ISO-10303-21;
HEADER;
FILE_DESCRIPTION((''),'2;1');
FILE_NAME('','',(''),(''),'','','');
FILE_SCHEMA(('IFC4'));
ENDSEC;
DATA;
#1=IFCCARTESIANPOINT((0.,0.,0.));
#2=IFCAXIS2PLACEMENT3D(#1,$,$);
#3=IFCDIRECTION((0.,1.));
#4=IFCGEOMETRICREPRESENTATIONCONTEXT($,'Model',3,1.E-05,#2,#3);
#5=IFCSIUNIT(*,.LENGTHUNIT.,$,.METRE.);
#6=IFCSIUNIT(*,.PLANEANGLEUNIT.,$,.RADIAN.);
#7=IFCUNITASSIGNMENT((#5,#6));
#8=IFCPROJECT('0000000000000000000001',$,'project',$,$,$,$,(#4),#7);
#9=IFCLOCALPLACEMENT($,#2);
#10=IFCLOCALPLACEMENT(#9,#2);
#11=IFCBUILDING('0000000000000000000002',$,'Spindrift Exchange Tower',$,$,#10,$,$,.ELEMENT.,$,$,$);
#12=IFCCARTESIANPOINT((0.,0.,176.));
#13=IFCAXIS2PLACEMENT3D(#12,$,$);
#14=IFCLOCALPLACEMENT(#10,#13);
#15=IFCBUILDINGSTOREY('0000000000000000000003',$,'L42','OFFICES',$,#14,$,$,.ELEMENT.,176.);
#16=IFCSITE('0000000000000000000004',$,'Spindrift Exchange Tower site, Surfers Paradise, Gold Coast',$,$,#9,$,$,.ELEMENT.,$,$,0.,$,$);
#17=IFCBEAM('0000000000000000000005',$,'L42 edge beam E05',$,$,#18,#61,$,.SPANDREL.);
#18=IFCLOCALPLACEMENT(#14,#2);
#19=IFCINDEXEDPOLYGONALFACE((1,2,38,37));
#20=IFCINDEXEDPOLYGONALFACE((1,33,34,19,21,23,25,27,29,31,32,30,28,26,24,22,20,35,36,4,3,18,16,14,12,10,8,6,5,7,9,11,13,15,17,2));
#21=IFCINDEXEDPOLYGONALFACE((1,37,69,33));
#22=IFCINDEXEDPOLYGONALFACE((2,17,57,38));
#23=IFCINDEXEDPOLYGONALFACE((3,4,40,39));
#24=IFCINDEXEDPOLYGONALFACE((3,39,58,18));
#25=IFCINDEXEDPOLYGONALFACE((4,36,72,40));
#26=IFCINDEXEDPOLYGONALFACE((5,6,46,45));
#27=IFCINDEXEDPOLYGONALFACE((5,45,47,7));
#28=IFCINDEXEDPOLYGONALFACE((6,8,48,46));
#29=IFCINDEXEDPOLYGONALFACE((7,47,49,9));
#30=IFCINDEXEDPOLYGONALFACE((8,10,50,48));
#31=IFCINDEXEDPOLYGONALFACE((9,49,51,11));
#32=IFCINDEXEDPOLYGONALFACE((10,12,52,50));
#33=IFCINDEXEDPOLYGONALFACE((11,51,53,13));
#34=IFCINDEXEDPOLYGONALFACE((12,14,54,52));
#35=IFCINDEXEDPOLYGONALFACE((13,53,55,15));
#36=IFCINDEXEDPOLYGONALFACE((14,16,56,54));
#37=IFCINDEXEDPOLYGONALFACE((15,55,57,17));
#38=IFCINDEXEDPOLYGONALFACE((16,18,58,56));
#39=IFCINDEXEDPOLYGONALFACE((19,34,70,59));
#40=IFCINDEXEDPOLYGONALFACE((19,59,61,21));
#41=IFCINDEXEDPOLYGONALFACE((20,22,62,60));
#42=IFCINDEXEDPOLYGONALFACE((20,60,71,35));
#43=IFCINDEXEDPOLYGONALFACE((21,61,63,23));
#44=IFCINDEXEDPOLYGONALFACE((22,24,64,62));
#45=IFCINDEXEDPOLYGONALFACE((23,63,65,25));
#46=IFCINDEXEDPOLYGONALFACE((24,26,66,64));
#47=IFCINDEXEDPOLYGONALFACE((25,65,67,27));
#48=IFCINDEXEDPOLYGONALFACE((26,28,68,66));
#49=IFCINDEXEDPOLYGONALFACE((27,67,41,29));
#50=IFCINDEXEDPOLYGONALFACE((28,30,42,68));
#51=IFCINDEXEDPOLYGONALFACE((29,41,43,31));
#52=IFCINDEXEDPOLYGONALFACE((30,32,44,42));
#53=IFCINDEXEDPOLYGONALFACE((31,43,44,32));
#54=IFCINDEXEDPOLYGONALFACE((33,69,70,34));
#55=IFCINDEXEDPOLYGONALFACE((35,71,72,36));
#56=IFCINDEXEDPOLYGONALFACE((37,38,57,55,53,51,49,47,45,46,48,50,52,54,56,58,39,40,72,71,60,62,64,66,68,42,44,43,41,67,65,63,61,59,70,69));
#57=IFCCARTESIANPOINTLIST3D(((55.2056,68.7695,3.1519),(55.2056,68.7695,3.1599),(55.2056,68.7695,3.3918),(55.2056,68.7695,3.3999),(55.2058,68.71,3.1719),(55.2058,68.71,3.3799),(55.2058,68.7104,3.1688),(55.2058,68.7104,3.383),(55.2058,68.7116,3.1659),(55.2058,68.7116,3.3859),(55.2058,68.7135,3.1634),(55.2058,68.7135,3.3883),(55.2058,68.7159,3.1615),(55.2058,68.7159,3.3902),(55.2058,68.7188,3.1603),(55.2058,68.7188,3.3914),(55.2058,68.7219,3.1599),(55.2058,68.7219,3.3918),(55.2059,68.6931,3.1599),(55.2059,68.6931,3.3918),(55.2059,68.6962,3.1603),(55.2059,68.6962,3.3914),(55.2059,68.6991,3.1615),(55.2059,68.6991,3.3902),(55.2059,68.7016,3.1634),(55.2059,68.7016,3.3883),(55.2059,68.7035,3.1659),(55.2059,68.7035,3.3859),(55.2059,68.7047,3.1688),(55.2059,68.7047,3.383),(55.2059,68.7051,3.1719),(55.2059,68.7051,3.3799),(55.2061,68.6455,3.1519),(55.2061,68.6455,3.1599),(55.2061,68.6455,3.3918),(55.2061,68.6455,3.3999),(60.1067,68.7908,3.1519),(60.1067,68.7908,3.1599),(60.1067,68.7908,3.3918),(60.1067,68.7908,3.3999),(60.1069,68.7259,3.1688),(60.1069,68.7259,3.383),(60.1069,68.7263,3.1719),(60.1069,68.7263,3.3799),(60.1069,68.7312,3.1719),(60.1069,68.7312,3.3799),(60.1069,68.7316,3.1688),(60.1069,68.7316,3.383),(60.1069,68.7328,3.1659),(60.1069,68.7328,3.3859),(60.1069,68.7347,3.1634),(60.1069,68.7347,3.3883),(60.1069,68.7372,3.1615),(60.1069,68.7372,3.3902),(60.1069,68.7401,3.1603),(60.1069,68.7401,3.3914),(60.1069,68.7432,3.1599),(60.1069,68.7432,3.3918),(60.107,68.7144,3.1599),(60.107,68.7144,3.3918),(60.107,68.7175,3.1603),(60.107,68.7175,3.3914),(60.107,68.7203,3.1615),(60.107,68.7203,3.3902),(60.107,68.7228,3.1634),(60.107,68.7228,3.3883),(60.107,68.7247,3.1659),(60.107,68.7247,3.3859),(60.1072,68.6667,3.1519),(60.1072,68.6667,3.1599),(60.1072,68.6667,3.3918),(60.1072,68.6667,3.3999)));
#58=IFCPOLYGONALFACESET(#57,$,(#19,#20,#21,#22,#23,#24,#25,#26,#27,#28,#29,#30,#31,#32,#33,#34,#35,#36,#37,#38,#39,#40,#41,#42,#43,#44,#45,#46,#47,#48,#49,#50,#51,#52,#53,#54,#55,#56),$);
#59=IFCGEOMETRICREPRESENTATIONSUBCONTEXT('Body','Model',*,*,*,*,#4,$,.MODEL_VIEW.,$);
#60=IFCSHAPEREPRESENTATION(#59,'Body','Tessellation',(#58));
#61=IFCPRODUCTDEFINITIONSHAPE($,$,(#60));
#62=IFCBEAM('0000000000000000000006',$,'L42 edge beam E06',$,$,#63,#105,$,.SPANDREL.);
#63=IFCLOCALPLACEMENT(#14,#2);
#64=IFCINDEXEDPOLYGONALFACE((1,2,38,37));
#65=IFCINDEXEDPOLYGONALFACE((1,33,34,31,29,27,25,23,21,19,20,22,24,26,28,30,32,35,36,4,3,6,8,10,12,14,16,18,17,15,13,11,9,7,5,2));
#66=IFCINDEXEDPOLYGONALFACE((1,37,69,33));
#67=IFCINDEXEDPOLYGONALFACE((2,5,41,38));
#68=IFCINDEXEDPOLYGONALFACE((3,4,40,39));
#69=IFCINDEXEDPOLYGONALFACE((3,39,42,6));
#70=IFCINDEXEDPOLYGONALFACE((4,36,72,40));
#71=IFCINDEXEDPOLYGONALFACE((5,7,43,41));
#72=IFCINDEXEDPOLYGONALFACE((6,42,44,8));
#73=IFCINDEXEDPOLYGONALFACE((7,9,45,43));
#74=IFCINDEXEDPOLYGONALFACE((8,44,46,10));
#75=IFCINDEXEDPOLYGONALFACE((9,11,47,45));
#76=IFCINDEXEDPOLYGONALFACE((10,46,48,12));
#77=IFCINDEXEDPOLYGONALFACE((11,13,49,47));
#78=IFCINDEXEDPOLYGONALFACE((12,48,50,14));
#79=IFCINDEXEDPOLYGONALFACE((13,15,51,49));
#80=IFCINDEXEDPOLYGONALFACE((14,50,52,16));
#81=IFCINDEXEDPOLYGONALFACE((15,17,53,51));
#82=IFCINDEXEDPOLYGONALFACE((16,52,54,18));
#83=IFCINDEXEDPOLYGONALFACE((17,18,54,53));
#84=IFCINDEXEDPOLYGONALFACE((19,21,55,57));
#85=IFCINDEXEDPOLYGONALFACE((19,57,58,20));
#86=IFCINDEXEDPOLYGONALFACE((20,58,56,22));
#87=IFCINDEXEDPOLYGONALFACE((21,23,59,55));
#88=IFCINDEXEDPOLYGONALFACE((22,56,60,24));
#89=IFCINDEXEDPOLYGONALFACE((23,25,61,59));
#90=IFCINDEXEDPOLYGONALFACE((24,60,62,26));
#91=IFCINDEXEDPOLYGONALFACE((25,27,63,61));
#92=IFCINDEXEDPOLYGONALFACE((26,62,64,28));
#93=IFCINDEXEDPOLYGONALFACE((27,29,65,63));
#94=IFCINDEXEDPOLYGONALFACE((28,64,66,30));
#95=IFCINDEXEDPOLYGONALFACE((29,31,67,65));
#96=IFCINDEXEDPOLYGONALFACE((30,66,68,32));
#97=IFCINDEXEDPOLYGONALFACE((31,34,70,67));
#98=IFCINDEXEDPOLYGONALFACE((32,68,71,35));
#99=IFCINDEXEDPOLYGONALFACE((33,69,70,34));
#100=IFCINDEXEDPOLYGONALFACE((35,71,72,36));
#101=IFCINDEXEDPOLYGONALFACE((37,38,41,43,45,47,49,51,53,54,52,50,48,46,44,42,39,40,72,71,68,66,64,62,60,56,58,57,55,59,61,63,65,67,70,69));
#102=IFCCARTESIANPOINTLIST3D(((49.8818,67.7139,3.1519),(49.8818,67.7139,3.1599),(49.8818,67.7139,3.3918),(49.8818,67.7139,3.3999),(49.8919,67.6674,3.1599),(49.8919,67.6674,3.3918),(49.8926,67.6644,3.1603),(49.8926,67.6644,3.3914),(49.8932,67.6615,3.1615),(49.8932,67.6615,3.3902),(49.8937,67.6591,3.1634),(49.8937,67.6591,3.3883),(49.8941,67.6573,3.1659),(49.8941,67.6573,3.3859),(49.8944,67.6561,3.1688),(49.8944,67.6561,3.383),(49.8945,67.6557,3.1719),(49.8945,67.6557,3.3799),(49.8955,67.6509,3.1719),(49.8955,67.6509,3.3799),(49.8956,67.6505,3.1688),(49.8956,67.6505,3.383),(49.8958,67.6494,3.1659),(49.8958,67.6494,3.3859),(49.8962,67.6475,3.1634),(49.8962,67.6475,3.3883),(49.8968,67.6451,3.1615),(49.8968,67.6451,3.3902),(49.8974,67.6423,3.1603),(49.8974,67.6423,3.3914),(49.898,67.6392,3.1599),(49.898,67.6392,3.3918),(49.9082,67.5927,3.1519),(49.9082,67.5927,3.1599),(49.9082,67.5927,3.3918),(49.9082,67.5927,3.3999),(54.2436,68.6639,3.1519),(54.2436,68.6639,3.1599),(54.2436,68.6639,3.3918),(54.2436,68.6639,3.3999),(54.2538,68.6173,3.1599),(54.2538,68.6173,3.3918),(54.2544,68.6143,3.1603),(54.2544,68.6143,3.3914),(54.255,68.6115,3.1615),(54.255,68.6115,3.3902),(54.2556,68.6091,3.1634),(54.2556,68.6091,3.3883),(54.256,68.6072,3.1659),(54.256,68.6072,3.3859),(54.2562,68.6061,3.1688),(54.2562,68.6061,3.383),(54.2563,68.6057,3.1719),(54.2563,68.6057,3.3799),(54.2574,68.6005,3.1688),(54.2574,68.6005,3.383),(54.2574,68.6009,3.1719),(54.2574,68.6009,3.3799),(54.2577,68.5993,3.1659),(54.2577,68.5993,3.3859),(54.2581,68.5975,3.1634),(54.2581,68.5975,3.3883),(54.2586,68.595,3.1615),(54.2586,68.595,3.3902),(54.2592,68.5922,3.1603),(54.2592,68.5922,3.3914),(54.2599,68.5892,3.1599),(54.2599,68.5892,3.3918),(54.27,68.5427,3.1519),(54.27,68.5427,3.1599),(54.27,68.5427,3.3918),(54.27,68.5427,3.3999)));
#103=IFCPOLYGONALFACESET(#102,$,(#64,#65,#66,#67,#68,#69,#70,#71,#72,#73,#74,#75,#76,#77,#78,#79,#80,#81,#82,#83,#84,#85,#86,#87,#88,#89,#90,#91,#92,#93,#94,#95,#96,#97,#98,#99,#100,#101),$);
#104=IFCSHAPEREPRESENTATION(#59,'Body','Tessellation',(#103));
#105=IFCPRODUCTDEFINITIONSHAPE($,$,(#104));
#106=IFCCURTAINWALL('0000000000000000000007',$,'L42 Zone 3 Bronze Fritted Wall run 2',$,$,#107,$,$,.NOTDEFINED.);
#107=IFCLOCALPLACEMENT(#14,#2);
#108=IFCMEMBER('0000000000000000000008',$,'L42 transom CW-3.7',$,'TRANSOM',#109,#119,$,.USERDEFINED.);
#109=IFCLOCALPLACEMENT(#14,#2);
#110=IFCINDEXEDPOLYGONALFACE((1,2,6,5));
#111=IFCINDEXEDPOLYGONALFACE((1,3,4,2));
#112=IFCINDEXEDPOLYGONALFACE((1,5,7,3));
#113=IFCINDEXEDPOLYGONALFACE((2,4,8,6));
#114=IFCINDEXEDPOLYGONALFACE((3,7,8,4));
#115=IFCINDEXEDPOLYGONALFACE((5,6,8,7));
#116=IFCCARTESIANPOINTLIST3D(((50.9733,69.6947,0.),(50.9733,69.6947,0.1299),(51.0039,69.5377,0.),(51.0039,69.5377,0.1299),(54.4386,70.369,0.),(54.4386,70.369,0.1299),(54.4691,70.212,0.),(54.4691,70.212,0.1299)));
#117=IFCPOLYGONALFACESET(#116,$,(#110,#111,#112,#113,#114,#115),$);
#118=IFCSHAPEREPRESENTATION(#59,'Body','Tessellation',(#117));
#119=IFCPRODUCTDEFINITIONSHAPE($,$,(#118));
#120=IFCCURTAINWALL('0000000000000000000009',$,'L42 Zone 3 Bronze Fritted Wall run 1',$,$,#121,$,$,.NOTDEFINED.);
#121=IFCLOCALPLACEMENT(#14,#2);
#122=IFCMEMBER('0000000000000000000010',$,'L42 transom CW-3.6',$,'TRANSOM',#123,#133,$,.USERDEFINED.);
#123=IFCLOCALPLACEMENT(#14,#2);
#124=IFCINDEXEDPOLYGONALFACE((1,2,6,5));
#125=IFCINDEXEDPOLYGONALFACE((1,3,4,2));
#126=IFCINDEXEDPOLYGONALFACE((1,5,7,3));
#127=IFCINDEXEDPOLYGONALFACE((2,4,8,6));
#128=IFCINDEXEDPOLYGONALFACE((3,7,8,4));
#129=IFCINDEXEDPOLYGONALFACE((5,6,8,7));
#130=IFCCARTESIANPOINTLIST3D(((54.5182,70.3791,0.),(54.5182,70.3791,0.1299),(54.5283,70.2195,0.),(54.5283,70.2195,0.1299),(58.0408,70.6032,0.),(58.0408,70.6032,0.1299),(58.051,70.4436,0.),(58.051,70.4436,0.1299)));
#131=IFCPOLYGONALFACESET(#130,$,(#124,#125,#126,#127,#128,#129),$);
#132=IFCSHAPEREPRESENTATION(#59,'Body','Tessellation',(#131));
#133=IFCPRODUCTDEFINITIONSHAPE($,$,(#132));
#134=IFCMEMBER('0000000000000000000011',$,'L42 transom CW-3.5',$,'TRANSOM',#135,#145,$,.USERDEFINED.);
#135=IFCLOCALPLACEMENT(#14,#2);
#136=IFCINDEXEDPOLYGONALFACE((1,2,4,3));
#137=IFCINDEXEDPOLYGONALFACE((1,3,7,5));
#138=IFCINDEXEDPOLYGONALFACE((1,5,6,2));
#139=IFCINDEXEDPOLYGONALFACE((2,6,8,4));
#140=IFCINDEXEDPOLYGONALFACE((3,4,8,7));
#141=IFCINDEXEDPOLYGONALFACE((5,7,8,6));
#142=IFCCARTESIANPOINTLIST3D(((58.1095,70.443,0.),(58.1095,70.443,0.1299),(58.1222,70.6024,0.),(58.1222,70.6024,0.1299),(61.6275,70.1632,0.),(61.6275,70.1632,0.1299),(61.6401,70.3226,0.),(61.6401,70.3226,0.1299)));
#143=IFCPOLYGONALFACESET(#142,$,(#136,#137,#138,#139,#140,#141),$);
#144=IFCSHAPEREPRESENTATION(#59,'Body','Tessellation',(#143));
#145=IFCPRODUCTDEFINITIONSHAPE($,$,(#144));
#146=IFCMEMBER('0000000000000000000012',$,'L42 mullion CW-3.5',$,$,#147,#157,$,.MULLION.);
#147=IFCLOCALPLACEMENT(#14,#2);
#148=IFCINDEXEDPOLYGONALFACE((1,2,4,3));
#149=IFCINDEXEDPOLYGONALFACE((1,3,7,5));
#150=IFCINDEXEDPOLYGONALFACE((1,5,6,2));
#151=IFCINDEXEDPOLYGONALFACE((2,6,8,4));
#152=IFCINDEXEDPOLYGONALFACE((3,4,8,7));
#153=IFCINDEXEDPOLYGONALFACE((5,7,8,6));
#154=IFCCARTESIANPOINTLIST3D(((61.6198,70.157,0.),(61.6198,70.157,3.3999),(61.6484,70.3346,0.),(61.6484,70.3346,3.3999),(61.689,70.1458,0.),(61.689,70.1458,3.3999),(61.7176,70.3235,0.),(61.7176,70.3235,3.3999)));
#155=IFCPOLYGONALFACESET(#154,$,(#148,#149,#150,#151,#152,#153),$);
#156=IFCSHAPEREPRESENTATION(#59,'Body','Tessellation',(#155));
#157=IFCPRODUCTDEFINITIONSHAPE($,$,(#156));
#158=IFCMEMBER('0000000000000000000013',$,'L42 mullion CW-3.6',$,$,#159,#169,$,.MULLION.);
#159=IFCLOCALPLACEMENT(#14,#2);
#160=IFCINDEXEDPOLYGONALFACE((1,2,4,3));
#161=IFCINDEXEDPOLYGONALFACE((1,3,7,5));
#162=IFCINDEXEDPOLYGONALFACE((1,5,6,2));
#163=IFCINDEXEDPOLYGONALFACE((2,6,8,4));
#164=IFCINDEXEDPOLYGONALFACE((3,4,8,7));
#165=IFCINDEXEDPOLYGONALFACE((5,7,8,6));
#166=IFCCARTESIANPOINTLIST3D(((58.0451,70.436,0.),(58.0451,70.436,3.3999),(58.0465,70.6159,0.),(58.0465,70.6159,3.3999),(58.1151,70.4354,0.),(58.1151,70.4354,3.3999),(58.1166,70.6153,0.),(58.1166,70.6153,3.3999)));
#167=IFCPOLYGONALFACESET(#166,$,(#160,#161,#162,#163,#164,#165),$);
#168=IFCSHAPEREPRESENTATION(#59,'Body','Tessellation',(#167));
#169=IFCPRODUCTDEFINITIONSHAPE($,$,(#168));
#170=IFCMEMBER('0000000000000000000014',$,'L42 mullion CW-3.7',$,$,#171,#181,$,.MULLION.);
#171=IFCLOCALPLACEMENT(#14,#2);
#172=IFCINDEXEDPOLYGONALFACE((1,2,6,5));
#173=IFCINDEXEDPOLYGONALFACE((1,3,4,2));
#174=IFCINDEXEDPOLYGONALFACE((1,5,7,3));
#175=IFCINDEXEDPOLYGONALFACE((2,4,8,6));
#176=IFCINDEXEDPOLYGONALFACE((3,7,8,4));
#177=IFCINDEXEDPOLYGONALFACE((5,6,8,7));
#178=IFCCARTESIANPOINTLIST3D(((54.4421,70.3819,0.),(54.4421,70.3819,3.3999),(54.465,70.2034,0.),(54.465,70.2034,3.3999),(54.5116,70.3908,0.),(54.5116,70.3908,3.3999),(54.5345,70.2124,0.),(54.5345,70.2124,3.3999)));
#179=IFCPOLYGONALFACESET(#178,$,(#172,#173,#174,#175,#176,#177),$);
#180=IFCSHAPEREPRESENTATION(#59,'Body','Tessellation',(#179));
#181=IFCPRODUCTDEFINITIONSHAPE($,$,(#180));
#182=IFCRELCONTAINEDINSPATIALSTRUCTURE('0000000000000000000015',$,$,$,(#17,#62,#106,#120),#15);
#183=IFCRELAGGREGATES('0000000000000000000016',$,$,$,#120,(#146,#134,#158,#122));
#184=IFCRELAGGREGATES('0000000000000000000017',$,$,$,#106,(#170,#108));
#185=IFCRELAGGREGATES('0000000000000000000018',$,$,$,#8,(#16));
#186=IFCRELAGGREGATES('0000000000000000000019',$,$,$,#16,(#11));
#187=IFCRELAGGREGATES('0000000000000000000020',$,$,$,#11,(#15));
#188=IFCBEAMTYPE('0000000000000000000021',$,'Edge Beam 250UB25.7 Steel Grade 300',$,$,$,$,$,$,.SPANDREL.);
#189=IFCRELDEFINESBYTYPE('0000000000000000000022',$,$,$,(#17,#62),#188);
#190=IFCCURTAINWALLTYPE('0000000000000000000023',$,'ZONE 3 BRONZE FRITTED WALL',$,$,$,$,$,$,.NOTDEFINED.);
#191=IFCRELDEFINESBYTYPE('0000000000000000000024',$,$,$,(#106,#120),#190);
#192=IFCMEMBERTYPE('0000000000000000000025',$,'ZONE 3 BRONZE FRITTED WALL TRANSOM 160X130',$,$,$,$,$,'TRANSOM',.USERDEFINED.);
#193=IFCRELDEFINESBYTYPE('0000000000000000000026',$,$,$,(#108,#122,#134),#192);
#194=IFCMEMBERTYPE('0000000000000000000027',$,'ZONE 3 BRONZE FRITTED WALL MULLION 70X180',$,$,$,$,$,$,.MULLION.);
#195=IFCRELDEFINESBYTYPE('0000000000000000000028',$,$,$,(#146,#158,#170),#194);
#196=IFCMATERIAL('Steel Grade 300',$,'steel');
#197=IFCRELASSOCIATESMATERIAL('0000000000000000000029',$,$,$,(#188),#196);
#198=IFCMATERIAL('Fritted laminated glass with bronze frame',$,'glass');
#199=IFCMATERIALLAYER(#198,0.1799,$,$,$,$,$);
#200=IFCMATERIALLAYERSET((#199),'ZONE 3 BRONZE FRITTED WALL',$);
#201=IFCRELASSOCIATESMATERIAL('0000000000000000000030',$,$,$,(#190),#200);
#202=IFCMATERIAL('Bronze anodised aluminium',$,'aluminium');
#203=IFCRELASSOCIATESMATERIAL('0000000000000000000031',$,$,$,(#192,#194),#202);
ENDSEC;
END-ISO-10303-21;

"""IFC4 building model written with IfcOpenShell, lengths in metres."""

from ifc_helpers import new_model, si_unit, direction, frame, origin, origin_2d, place, context, subcontext, project, spatial, rectangle, i_section, extrude, source, transform, mapped, material, layer, layer_set, material_profile, profile_set, type_object, element, aggregate, save


model = new_model("IFC4")

# Units and contexts
model_context = context("Model", 3, precision=1e-05, world=origin(), true_north=direction((0.0, 1.0)))
body_context = subcontext(model_context, "Body", "Model", "MODEL_VIEW")
ifc_project = project(units=[si_unit("LENGTHUNIT", "METRE"), si_unit("PLANEANGLEUNIT", "RADIAN")], contexts=[model_context])

# Site, building, storey
site_placement = place(None, origin())
site = spatial("IfcSite", under=ifc_project, at=site_placement, Name="Spindrift Exchange Tower site, Surfers Paradise, Gold Coast", CompositionType="ELEMENT", RefElevation=0.0)
building_placement = place(site_placement, origin())
building = spatial("IfcBuilding", under=site, at=building_placement, Name="Spindrift Exchange Tower", CompositionType="ELEMENT")
storey_placement = place(building_placement, frame((0.0, 0.0, 176.0)))
storey = spatial("IfcBuildingStorey", under=building, at=storey_placement, Name="L42", Description="OFFICES", CompositionType="ELEMENT", Elevation=176.0)

# Beams
ifc_material_1 = material(Name="Steel Grade 300", Category="steel")
ifc_material_profile_1 = material_profile(ifc_material_1, i_section(OverallWidth=0.124, OverallDepth=0.248, WebThickness=0.0049, FlangeThickness=0.0081, FilletRadius=0.012, at=origin_2d()), Name="250UB25.7")
ifc_profile_set_1 = profile_set([ifc_material_profile_1], Name="Steel Grade 300")
beam_type_1 = type_object("IfcBeamType", Name="Edge Beam 250UB25.7 Steel Grade 300", PredefinedType="SPANDREL", material=ifc_profile_set_1)
shared_shape_1 = source(origin(), body_context, "Body", "SweptSolid", [
    extrude(i_section(OverallWidth=0.124, OverallDepth=0.248, WebThickness=0.0049, FlangeThickness=0.0081, FilletRadius=0.012, at=origin_2d()), origin(), (0.0, 0.0, 1.0), 4.9011),
])
beam_1_placement = place(storey_placement, frame((60.1069, 68.7288, 3.2759), z_axis=(-0.999991, -0.004334, 0.0), x_axis=(0.004334, -0.999991, 0.0)))
element("IfcBeam", 1, at=beam_1_placement, inside=storey, type_object=beam_type_1, Name="L42 edge beam E05", PredefinedType="SPANDREL", context=body_context, shape_type="MappedRepresentation", body=[
    mapped(shared_shape_1, transform((0.0, 0.0, 0.0), scale=1.0)),
])
shared_shape_2 = source(origin(), body_context, "Body", "SweptSolid", [
    extrude(i_section(OverallWidth=0.124, OverallDepth=0.248, WebThickness=0.0049, FlangeThickness=0.0081, FilletRadius=0.012, at=origin_2d()), origin(), (0.0, 0.0, 1.0), 4.4641),
])
beam_2_placement = place(storey_placement, frame((54.2568, 68.6033, 3.2759), z_axis=(-0.977096, -0.2128, 0.0), x_axis=(0.2128, -0.977096, 0.0)))
element("IfcBeam", 2, at=beam_2_placement, inside=storey, type_object=beam_type_1, Name="L42 edge beam E06", PredefinedType="SPANDREL", context=body_context, shape_type="MappedRepresentation", body=[
    mapped(shared_shape_2, transform((0.0, 0.0, 0.0), scale=1.0)),
])

# Curtain wall, member
ifc_material_2 = material(Name="Fritted laminated glass with bronze frame", Category="glass")
ifc_layer_1 = layer(ifc_material_2, 0.1799)
ifc_layer_set_1 = layer_set([ifc_layer_1], Name="ZONE 3 BRONZE FRITTED WALL")
curtain_wall_type = type_object("IfcCurtainWallType", Name="ZONE 3 BRONZE FRITTED WALL", PredefinedType="NOTDEFINED", material=ifc_layer_set_1)
curtain_wall_1_placement = place(storey_placement, origin())
curtain_wall_1 = element("IfcCurtainWall", 3, at=curtain_wall_1_placement, inside=storey, type_object=curtain_wall_type, Name="L42 Zone 3 Bronze Fritted Wall run 2", PredefinedType="NOTDEFINED")
ifc_material_3 = material(Name="Bronze anodised aluminium", Category="aluminium")
ifc_material_profile_2 = material_profile(ifc_material_3, rectangle(XDim=0.1599, YDim=0.1299, at=origin_2d()), Name="ZONE 3 BRONZE FRITTED WALL TRANSOM 160X130")
ifc_profile_set_2 = profile_set([ifc_material_profile_2], Name="Bronze anodised aluminium")
member_type_1 = type_object("IfcMemberType", Name="ZONE 3 BRONZE FRITTED WALL TRANSOM 160X130", ElementType="TRANSOM", PredefinedType="USERDEFINED", material=ifc_profile_set_2)
shared_shape_3 = source(origin(), body_context, "Body", "SweptSolid", [
    extrude(rectangle(XDim=0.1599, YDim=0.1299, at=origin_2d()), origin(), (0.0, 0.0, 1.0), 3.5303),
])
member_1_placement = place(storey_placement, frame((54.4539, 70.2905, 0.0649), z_axis=(-0.981589, -0.191007, 0.0), x_axis=(0.191007, -0.981589, 0.0)))
member_1 = element("IfcMember", 4, at=member_1_placement, type_object=member_type_1, Name="L42 transom CW-3.7", ObjectType="TRANSOM", PredefinedType="USERDEFINED", context=body_context, shape_type="MappedRepresentation", body=[
    mapped(shared_shape_3, transform((0.0, 0.0, 0.0), scale=1.0)),
])

# Curtain wall, members
curtain_wall_2_placement = place(storey_placement, origin())
curtain_wall_2 = element("IfcCurtainWall", 5, at=curtain_wall_2_placement, inside=storey, type_object=curtain_wall_type, Name="L42 Zone 3 Bronze Fritted Wall run 1", PredefinedType="NOTDEFINED")
shared_shape_4 = source(origin(), body_context, "Body", "SweptSolid", [
    extrude(rectangle(XDim=0.1599, YDim=0.1299, at=origin_2d()), origin(), (0.0, 0.0, 1.0), 3.5298),
])
member_2_placement = place(storey_placement, frame((58.0459, 70.5234, 0.0649), z_axis=(-0.997982, -0.063493, 0.0), x_axis=(0.063493, -0.997982, 0.0)))
member_2 = element("IfcMember", 6, at=member_2_placement, type_object=member_type_1, Name="L42 transom CW-3.6", ObjectType="TRANSOM", PredefinedType="USERDEFINED", context=body_context, shape_type="MappedRepresentation", body=[
    mapped(shared_shape_4, transform((0.0, 0.0, 0.0), scale=1.0)),
])
shared_shape_5 = source(origin(), body_context, "Body", "SweptSolid", [
    extrude(rectangle(XDim=0.1599, YDim=0.1299, at=origin_2d()), origin(), (0.0, 0.0, 1.0), 3.5291),
])
member_3_placement = place(storey_placement, frame((61.6338, 70.2429, 0.0649), z_axis=(-0.996853, 0.079278, 0.0), x_axis=(-0.079278, -0.996853, 0.0)))
member_3 = element("IfcMember", 7, at=member_3_placement, type_object=member_type_1, Name="L42 transom CW-3.5", ObjectType="TRANSOM", PredefinedType="USERDEFINED", context=body_context, shape_type="MappedRepresentation", body=[
    mapped(shared_shape_5, transform((0.0, 0.0, 0.0), scale=1.0)),
])
ifc_material_profile_3 = material_profile(ifc_material_3, rectangle(XDim=0.0701, YDim=0.1799, at=origin_2d()), Name="ZONE 3 BRONZE FRITTED WALL MULLION 70X180")
ifc_profile_set_3 = profile_set([ifc_material_profile_3], Name="Bronze anodised aluminium")
member_type_2 = type_object("IfcMemberType", Name="ZONE 3 BRONZE FRITTED WALL MULLION 70X180", PredefinedType="MULLION", material=ifc_profile_set_3)
shared_shape_6 = source(origin(), body_context, "Body", "SweptSolid", [
    extrude(rectangle(XDim=0.0701, YDim=0.1799, at=origin_2d()), origin(), (0.0, 0.0, 1.0), 3.3999),
])
member_4_placement = place(storey_placement, frame((61.6687, 70.2402, 0.0), z_axis=(0.0, 0.0, 1.0), x_axis=(-0.987249, 0.159184, 0.0)))
member_4 = element("IfcMember", 8, at=member_4_placement, type_object=member_type_2, Name="L42 mullion CW-3.5", PredefinedType="MULLION", context=body_context, shape_type="MappedRepresentation", body=[
    mapped(shared_shape_6, transform((0.0, 0.0, 0.0), scale=1.0)),
])
member_5_placement = place(storey_placement, frame((58.0808, 70.5256, 0.0), z_axis=(0.0, 0.0, 1.0), x_axis=(-0.999968, 0.007945, 0.0)))
member_5 = element("IfcMember", 9, at=member_5_placement, type_object=member_type_2, Name="L42 mullion CW-3.6", PredefinedType="MULLION", context=body_context, shape_type="MappedRepresentation", body=[
    mapped(shared_shape_6, transform((0.0, 0.0, 0.0), scale=1.0)),
])

# Member
member_6_placement = place(storey_placement, frame((54.4883, 70.2971, 0.0), z_axis=(0.0, 0.0, 1.0), x_axis=(-0.991839, -0.127494, 0.0)))
member_6 = element("IfcMember", 10, at=member_6_placement, type_object=member_type_2, Name="L42 mullion CW-3.7", PredefinedType="MULLION", context=body_context, shape_type="MappedRepresentation", body=[
    mapped(shared_shape_6, transform((0.0, 0.0, 0.0), scale=1.0)),
])

aggregate(curtain_wall_2, [member_4, member_3, member_5, member_2])
aggregate(curtain_wall_1, [member_6, member_1])

save(model, "model.ifc")
